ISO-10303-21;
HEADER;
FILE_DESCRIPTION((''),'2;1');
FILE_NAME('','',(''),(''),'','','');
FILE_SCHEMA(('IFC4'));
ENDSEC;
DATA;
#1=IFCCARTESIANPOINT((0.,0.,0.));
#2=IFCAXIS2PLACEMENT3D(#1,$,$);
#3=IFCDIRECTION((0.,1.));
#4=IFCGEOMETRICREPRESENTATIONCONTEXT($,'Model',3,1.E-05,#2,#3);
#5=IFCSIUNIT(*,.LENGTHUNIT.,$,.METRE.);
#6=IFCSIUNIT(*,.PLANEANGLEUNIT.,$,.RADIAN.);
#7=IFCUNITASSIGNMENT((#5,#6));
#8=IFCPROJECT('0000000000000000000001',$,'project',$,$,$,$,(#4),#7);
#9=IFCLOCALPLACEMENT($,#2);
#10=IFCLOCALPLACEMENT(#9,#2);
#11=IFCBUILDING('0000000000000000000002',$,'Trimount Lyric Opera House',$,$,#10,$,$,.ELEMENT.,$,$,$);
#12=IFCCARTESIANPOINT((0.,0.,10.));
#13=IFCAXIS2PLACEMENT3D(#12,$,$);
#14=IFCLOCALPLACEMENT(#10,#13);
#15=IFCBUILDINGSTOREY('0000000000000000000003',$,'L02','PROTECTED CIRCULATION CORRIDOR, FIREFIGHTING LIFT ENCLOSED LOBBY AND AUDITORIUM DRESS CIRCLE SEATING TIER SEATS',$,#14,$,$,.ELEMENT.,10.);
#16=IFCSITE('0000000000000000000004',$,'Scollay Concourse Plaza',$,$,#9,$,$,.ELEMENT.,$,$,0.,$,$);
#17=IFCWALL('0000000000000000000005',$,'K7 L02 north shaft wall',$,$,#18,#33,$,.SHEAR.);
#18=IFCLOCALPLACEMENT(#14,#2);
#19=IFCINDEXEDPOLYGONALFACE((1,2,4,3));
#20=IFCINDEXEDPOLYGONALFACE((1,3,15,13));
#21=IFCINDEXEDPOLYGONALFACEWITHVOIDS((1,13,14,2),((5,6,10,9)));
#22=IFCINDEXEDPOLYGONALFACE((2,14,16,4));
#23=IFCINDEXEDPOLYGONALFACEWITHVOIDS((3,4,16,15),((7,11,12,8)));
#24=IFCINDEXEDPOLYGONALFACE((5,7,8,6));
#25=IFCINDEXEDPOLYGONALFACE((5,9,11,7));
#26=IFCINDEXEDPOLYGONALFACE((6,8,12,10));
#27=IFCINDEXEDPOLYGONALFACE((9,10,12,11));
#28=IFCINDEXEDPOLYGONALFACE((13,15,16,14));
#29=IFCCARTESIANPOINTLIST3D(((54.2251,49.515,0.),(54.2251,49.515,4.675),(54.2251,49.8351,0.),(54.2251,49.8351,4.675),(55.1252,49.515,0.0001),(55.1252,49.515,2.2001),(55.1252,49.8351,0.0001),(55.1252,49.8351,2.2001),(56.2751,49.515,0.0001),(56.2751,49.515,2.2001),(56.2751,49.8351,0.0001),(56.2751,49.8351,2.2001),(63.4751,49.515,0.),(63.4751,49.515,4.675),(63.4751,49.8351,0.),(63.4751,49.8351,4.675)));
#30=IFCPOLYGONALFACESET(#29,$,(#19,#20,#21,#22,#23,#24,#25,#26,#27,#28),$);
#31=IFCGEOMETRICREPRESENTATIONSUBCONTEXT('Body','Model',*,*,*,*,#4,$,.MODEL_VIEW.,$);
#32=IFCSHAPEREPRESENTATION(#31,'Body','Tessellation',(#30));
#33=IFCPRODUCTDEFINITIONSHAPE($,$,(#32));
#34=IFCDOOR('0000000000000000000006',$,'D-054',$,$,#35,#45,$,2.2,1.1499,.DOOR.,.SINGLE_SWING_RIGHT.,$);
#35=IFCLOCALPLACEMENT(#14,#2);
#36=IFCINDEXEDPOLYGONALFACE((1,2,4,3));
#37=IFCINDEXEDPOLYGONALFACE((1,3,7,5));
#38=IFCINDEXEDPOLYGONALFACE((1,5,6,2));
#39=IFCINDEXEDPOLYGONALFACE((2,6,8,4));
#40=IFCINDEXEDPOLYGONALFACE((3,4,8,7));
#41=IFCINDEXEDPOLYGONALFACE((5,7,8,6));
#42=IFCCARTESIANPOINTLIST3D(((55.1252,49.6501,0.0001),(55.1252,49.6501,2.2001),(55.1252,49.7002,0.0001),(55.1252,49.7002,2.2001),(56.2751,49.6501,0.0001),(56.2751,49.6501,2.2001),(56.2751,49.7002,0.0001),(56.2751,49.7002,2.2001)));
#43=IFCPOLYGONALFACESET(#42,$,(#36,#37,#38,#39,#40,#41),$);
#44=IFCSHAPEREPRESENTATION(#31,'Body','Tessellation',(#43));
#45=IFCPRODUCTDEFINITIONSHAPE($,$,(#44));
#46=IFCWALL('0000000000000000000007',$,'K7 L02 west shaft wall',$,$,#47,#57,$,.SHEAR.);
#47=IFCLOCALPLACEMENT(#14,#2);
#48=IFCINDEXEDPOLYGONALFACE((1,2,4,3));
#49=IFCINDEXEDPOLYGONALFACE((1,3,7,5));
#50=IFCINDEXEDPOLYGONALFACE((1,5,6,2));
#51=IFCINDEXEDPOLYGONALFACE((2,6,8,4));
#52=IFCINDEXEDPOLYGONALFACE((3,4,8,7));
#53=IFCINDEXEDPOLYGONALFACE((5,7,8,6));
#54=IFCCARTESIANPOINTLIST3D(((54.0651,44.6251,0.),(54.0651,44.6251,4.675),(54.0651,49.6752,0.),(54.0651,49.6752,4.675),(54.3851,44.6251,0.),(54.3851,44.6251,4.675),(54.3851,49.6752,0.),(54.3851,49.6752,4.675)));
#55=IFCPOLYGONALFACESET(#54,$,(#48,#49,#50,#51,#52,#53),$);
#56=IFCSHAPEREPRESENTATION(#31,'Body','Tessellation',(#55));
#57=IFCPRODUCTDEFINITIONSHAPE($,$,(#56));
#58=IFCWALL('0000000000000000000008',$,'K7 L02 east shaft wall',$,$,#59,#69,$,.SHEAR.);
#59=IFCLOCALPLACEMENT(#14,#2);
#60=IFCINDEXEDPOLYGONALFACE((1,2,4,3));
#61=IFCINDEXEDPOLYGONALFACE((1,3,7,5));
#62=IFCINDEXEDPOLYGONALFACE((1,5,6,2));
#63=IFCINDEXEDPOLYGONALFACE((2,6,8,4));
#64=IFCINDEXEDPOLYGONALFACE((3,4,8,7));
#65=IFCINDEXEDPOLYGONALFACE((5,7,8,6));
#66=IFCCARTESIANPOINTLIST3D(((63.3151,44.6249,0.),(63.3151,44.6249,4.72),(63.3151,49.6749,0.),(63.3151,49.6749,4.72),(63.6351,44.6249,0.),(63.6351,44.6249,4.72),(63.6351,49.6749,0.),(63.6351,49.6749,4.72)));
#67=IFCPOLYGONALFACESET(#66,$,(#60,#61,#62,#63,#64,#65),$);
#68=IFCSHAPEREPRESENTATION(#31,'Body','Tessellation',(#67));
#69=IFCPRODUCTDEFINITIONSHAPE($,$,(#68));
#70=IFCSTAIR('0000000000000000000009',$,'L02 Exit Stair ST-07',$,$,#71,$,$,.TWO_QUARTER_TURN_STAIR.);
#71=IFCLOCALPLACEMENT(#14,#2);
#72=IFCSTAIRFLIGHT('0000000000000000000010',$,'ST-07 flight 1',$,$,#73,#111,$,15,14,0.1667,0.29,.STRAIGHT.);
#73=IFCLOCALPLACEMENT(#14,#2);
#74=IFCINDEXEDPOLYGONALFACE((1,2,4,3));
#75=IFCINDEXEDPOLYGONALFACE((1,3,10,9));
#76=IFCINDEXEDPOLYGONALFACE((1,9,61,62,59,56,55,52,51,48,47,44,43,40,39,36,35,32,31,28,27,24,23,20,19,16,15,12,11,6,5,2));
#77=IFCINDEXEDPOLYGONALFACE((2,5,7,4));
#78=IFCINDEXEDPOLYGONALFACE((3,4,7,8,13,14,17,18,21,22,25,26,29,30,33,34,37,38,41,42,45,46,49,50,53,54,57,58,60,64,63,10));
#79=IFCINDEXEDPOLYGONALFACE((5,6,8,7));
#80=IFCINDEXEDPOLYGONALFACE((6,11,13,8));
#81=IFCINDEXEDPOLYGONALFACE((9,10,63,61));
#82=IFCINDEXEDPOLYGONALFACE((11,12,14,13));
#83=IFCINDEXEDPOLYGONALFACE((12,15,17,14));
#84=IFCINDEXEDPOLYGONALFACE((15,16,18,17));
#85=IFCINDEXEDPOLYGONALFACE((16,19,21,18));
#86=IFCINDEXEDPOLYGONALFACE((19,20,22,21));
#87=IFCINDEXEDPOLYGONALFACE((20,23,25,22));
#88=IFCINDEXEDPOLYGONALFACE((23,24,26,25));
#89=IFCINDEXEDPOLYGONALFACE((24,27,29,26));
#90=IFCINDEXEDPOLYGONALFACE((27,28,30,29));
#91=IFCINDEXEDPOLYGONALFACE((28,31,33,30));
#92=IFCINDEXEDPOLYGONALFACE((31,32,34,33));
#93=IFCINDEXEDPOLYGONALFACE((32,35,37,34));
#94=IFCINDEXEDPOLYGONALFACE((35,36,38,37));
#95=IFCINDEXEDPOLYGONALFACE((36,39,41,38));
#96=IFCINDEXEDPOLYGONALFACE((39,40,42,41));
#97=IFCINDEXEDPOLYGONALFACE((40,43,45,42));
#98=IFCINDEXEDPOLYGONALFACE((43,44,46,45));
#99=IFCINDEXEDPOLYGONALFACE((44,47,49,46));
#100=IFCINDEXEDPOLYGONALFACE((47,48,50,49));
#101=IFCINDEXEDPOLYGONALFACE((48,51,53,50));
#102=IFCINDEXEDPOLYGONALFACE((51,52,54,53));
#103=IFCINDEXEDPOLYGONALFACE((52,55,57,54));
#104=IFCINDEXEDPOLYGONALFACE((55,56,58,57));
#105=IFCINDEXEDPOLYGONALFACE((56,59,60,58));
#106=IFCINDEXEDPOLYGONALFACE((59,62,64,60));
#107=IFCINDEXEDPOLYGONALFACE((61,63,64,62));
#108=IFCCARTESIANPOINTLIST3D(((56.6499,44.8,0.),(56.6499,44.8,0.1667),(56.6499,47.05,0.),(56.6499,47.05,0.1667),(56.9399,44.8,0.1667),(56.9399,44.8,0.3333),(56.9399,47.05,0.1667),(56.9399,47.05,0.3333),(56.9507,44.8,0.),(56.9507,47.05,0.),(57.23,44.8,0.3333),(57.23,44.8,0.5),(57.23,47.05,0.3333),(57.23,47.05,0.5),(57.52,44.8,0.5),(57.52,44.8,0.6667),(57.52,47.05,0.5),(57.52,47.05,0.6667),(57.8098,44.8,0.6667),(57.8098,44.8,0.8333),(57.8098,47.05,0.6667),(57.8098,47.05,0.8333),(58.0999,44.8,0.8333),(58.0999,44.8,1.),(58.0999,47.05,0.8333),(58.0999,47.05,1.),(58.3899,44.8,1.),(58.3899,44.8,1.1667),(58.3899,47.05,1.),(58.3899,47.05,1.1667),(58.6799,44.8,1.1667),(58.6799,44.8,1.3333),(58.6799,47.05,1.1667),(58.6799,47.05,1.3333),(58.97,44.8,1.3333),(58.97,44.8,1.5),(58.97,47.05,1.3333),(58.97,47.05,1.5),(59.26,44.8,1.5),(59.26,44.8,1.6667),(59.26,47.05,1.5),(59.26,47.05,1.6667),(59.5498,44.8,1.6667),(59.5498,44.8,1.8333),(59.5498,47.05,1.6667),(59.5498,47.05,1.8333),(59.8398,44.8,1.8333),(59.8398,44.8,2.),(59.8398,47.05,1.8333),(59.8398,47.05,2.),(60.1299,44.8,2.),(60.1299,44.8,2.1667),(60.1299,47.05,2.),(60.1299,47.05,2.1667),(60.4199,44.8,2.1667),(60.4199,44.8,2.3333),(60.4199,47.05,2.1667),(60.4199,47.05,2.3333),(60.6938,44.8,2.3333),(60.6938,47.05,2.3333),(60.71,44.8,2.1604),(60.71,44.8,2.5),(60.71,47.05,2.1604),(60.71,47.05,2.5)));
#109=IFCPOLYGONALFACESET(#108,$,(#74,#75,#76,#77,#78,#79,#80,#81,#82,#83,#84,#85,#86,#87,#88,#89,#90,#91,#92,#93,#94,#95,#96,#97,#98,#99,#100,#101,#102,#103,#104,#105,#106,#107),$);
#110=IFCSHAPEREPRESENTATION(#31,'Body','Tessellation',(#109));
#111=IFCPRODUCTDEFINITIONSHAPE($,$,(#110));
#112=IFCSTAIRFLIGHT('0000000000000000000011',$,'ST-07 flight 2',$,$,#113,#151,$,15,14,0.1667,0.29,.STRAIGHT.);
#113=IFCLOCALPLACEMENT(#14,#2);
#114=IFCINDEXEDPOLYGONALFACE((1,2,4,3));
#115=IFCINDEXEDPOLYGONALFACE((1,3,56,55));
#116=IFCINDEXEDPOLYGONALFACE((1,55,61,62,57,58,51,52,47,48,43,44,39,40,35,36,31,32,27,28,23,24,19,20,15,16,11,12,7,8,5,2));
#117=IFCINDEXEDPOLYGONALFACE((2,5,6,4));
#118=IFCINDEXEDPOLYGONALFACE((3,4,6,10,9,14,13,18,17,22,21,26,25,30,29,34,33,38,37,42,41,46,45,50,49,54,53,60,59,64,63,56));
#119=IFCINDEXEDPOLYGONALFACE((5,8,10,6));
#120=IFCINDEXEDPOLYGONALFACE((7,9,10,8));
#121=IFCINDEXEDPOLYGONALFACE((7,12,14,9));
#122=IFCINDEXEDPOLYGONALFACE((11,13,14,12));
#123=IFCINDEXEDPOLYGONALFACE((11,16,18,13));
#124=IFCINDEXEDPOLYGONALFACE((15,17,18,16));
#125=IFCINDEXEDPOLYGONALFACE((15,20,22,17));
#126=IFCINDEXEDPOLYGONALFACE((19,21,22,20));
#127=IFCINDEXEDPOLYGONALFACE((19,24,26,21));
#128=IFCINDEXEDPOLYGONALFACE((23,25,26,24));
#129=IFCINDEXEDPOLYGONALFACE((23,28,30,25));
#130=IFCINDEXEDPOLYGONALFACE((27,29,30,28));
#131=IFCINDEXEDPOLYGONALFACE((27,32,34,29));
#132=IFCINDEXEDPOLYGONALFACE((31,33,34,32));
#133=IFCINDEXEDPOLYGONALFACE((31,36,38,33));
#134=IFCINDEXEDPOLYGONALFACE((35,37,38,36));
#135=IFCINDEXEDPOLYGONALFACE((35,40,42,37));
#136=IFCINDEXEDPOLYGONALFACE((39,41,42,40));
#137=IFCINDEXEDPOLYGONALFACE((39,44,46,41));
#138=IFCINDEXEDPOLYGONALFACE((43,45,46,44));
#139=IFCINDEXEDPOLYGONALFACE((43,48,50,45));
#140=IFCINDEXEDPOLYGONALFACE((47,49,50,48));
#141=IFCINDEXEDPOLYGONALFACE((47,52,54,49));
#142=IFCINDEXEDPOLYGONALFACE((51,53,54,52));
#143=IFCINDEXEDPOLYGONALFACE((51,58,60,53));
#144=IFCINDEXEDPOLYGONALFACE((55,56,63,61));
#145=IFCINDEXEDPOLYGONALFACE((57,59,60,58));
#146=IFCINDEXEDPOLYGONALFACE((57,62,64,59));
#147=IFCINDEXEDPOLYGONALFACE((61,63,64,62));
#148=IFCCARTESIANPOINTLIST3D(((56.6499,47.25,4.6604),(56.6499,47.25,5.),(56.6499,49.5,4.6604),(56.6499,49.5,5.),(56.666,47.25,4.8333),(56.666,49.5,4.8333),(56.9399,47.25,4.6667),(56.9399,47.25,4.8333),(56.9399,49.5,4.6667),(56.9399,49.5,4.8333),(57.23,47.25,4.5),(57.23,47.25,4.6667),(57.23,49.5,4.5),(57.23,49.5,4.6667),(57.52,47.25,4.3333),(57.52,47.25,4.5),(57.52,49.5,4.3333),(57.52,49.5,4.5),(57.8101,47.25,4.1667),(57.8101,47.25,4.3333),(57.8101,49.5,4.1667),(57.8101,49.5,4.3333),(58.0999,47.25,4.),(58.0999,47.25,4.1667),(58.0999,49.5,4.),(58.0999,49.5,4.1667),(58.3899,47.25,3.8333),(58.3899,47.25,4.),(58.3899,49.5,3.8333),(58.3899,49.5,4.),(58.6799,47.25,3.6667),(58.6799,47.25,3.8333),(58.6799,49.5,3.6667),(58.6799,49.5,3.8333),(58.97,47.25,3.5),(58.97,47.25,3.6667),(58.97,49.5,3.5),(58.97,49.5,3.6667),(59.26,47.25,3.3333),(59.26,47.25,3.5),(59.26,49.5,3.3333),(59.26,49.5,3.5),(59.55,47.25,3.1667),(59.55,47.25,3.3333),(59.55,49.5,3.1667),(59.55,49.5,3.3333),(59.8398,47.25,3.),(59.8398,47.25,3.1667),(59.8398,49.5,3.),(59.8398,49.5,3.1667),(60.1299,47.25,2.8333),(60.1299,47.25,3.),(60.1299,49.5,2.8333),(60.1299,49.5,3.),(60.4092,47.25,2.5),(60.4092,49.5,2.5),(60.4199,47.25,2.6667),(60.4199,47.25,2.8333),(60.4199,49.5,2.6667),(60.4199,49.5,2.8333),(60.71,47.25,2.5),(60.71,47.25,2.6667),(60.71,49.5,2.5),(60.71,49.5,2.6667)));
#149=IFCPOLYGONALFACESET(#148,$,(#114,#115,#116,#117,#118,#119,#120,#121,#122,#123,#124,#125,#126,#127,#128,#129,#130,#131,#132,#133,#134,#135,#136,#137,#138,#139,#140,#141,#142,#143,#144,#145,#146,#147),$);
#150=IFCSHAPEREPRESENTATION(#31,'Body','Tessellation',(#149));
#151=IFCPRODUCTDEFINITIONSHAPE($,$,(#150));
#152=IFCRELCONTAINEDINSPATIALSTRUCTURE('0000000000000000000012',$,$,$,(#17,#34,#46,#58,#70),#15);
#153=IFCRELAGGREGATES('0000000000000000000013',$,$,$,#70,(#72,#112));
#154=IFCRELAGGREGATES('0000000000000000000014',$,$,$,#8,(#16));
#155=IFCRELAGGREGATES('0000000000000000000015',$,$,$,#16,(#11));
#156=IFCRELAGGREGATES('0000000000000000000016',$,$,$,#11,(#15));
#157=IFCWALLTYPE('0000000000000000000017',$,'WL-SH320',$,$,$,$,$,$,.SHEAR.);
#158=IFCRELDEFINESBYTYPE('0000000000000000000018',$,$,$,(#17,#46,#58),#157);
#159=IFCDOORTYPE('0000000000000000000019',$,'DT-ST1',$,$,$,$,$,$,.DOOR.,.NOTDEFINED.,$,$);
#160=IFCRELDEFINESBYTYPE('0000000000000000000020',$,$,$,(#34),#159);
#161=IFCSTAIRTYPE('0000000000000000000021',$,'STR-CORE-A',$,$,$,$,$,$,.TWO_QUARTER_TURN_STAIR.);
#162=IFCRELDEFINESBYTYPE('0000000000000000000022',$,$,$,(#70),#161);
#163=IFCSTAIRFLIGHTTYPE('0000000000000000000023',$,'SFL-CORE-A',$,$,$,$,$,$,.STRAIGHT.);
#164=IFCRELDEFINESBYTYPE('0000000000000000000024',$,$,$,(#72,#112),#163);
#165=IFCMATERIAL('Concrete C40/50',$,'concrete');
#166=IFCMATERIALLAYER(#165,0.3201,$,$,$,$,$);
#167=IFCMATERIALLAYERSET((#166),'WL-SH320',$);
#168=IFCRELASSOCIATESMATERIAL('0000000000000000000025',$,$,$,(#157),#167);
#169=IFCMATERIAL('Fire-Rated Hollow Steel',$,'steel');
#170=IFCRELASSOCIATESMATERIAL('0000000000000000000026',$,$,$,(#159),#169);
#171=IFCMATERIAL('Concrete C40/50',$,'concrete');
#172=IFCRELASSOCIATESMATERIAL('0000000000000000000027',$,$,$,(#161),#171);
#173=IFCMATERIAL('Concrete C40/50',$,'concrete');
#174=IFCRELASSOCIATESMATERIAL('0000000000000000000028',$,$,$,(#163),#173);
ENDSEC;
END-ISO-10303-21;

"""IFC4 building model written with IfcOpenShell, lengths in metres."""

from ifc_helpers import new_model, si_unit, direction, frame, frame_2d, origin, place, context, subcontext, project, spatial, polyline, rectangle, outline, extrude, material, layer, layer_set, type_object, element, fill, aggregate, save


model = new_model("IFC4")

# Units and contexts
model_context = context("Model", 3, precision=1e-05, world=origin(), true_north=direction((0.0, 1.0)))
body_context = subcontext(model_context, "Body", "Model", "MODEL_VIEW")
ifc_project = project(units=[si_unit("LENGTHUNIT", "METRE"), si_unit("PLANEANGLEUNIT", "RADIAN")], contexts=[model_context])

# Site, building, storey
site_placement = place(None, origin())
site = spatial("IfcSite", under=ifc_project, at=site_placement, Name="Scollay Concourse Plaza", CompositionType="ELEMENT", RefElevation=0.0)
building_placement = place(site_placement, origin())
building = spatial("IfcBuilding", under=site, at=building_placement, Name="Trimount Lyric Opera House", CompositionType="ELEMENT")
storey_placement = place(building_placement, frame((0.0, 0.0, 10.0)))
storey = spatial("IfcBuildingStorey", under=building, at=storey_placement, Name="L02", Description="PROTECTED CIRCULATION CORRIDOR, FIREFIGHTING LIFT ENCLOSED LOBBY AND AUDITORIUM DRESS CIRCLE SEATING TIER SEATS", CompositionType="ELEMENT", Elevation=10.0)

# Shared definitions
ifc_material_1 = material(Name="Concrete C40/50", Category="concrete")
ifc_layer_1 = layer(ifc_material_1, 0.3201)
ifc_layer_set_1 = layer_set([ifc_layer_1], Name="WL-SH320")
wall_type_1 = type_object("IfcWallType", Name="WL-SH320", PredefinedType="SHEAR", material=ifc_layer_set_1)

# Wall, opening, door
wall_1_placement = place(storey_placement, frame((63.4751, 49.675, 0.0), z_axis=(0.0, 0.0, 1.0), x_axis=(-1.0, 0.0, 0.0)))
wall_1 = element("IfcWall", 1, at=wall_1_placement, inside=storey, type_object=wall_type_1, Name="K7 L02 north shaft wall", PredefinedType="SHEAR", context=body_context, shape_type="SweptSolid", body=[
    extrude(rectangle(XDim=9.25, YDim=0.3201, at=frame_2d((4.625, 0.0))), origin(), (0.0, 0.0, 1.0), 4.675),
])
opening_placement = place(wall_1_placement, frame((7.2, 0.0, 0.0)))
opening = element("IfcOpeningElement", 2, at=opening_placement, cuts=wall_1, PredefinedType="OPENING", context=body_context, shape_type="SweptSolid", body=[
    extrude(rectangle(XDim=1.1499, YDim=2.2, at=frame_2d((0.575, 1.1001))), frame((0.0, 0.1699, 0.0), z_axis=(0.0, -1.0, 0.0), x_axis=(1.0, 0.0, 0.0)), (0.0, 0.0, 1.0), 0.3401),
])
ifc_material_2 = material(Name="Fire-Rated Hollow Steel", Category="steel")
door_type = type_object("IfcDoorType", Name="DT-ST1", OperationType="NOTDEFINED", PredefinedType="DOOR", material=ifc_material_2)
door_placement = place(opening_placement, origin())
door = element("IfcDoor", 3, at=door_placement, inside=storey, type_object=door_type, Name="D-054", OperationType="SINGLE_SWING_RIGHT", OverallHeight=2.2, OverallWidth=1.1499, PredefinedType="DOOR", context=body_context, shape_type="SweptSolid", body=[
    extrude(rectangle(XDim=1.1499, YDim=2.2, at=frame_2d((0.575, 1.1001))), frame((0.0, 0.0249, 0.0), z_axis=(0.0, -1.0, 0.0), x_axis=(1.0, 0.0, 0.0)), (0.0, 0.0, 1.0), 0.05),
])
fill(opening, door)

# Walls
wall_2_placement = place(storey_placement, frame((54.2251, 49.675, 0.0), z_axis=(0.0, 0.0, 1.0), x_axis=(0.0, -1.0, 0.0)))
element("IfcWall", 4, at=wall_2_placement, inside=storey, type_object=wall_type_1, Name="K7 L02 west shaft wall", PredefinedType="SHEAR", context=body_context, shape_type="SweptSolid", body=[
    extrude(rectangle(XDim=5.05, YDim=0.3201, at=frame_2d((2.5249, 0.0))), origin(), (0.0, 0.0, 1.0), 4.675),
])
wall_3_placement = place(storey_placement, frame((63.4751, 44.625, 0.0), z_axis=(0.0, 0.0, 1.0), x_axis=(0.0, 1.0, 0.0)))
element("IfcWall", 5, at=wall_3_placement, inside=storey, type_object=wall_type_1, Name="K7 L02 east shaft wall", PredefinedType="SHEAR", context=body_context, shape_type="SweptSolid", body=[
    extrude(rectangle(XDim=5.05, YDim=0.3201, at=frame_2d((2.5249, 0.0))), origin(), (0.0, 0.0, 1.0), 4.72),
])

# Stair, stair flights
ifc_material_3 = material(Name="Concrete C40/50", Category="concrete")
stair_type = type_object("IfcStairType", Name="STR-CORE-A", PredefinedType="TWO_QUARTER_TURN_STAIR", material=ifc_material_3)
stair_placement = place(storey_placement, origin())
stair = element("IfcStair", 6, at=stair_placement, inside=storey, type_object=stair_type, Name="L02 Exit Stair ST-07", PredefinedType="TWO_QUARTER_TURN_STAIR")
ifc_material_4 = material(Name="Concrete C40/50", Category="concrete")
stair_flight_type = type_object("IfcStairFlightType", Name="SFL-CORE-A", PredefinedType="STRAIGHT", material=ifc_material_4)
stair_flight_1_placement = place(storey_placement, frame((56.6499, 45.925, 0.0), z_axis=(0.0, 0.0, 1.0), x_axis=(1.0, 0.0, 0.0)))
stair_flight_1 = element("IfcStairFlight", 7, at=stair_flight_1_placement, type_object=stair_flight_type, Name="ST-07 flight 1", NumberOfRisers=15, NumberOfTreads=14, PredefinedType="STRAIGHT", RiserHeight=0.1667, TreadLength=0.29, context=body_context, shape_type="SweptSolid", body=[
    extrude(outline(polyline([(0.0, 0.0), (0.0, 0.1667), (0.29, 0.1667), (0.29, 0.3333), (0.5801, 0.3333), (0.5801, 0.5), (0.8701, 0.5), (0.8701, 0.6667), (1.1599, 0.6667), (1.1599, 0.8333), (1.45, 0.8333), (1.45, 1.0), (1.74, 1.0), (1.74, 1.1667), (2.03, 1.1667), (2.03, 1.3333), (2.3201, 1.3333), (2.3201, 1.5), (2.6101, 1.5), (2.6101, 1.6667), (2.8999, 1.6667), (2.8999, 1.8333), (3.1899, 1.8333), (3.1899, 2.0), (3.48, 2.0), (3.48, 2.1667), (3.77, 2.1667), (3.77, 2.3333), (4.0439, 2.3333), (4.0601, 2.5), (4.0601, 2.1604), (0.3008, 0.0), (0.0, 0.0)])), frame((0.0, 1.125, 0.0), z_axis=(0.0, -1.0, 0.0), x_axis=(1.0, 0.0, 0.0)), (0.0, 0.0, 1.0), 2.25),
])
stair_flight_2_placement = place(storey_placement, frame((60.71, 48.375, 2.5), z_axis=(0.0, 0.0, 1.0), x_axis=(-1.0, 0.0, 0.0)))
stair_flight_2 = element("IfcStairFlight", 8, at=stair_flight_2_placement, type_object=stair_flight_type, Name="ST-07 flight 2", NumberOfRisers=15, NumberOfTreads=14, PredefinedType="STRAIGHT", RiserHeight=0.1667, TreadLength=0.29, context=body_context, shape_type="SweptSolid", body=[
    extrude(outline(polyline([(0.0, 0.0), (0.0, 0.1667), (0.29, 0.1667), (0.29, 0.3333), (0.5801, 0.3333), (0.5801, 0.5), (0.8701, 0.5), (0.8701, 0.6667), (1.1599, 0.6667), (1.1599, 0.8333), (1.45, 0.8333), (1.45, 1.0), (1.74, 1.0), (1.74, 1.1667), (2.03, 1.1667), (2.03, 1.3333), (2.3201, 1.3333), (2.3201, 1.5), (2.6101, 1.5), (2.6101, 1.6667), (2.8999, 1.6667), (2.8999, 1.8333), (3.1899, 1.8333), (3.1899, 2.0), (3.48, 2.0), (3.48, 2.1667), (3.77, 2.1667), (3.77, 2.3333), (4.0439, 2.3333), (4.0601, 2.5), (4.0601, 2.1604), (0.3008, 0.0), (0.0, 0.0)])), frame((0.0, 1.125, 0.0), z_axis=(0.0, -1.0, 0.0), x_axis=(1.0, 0.0, 0.0)), (0.0, 0.0, 1.0), 2.25),
])
aggregate(stair, [stair_flight_1, stair_flight_2])

save(model, "model.ifc")
